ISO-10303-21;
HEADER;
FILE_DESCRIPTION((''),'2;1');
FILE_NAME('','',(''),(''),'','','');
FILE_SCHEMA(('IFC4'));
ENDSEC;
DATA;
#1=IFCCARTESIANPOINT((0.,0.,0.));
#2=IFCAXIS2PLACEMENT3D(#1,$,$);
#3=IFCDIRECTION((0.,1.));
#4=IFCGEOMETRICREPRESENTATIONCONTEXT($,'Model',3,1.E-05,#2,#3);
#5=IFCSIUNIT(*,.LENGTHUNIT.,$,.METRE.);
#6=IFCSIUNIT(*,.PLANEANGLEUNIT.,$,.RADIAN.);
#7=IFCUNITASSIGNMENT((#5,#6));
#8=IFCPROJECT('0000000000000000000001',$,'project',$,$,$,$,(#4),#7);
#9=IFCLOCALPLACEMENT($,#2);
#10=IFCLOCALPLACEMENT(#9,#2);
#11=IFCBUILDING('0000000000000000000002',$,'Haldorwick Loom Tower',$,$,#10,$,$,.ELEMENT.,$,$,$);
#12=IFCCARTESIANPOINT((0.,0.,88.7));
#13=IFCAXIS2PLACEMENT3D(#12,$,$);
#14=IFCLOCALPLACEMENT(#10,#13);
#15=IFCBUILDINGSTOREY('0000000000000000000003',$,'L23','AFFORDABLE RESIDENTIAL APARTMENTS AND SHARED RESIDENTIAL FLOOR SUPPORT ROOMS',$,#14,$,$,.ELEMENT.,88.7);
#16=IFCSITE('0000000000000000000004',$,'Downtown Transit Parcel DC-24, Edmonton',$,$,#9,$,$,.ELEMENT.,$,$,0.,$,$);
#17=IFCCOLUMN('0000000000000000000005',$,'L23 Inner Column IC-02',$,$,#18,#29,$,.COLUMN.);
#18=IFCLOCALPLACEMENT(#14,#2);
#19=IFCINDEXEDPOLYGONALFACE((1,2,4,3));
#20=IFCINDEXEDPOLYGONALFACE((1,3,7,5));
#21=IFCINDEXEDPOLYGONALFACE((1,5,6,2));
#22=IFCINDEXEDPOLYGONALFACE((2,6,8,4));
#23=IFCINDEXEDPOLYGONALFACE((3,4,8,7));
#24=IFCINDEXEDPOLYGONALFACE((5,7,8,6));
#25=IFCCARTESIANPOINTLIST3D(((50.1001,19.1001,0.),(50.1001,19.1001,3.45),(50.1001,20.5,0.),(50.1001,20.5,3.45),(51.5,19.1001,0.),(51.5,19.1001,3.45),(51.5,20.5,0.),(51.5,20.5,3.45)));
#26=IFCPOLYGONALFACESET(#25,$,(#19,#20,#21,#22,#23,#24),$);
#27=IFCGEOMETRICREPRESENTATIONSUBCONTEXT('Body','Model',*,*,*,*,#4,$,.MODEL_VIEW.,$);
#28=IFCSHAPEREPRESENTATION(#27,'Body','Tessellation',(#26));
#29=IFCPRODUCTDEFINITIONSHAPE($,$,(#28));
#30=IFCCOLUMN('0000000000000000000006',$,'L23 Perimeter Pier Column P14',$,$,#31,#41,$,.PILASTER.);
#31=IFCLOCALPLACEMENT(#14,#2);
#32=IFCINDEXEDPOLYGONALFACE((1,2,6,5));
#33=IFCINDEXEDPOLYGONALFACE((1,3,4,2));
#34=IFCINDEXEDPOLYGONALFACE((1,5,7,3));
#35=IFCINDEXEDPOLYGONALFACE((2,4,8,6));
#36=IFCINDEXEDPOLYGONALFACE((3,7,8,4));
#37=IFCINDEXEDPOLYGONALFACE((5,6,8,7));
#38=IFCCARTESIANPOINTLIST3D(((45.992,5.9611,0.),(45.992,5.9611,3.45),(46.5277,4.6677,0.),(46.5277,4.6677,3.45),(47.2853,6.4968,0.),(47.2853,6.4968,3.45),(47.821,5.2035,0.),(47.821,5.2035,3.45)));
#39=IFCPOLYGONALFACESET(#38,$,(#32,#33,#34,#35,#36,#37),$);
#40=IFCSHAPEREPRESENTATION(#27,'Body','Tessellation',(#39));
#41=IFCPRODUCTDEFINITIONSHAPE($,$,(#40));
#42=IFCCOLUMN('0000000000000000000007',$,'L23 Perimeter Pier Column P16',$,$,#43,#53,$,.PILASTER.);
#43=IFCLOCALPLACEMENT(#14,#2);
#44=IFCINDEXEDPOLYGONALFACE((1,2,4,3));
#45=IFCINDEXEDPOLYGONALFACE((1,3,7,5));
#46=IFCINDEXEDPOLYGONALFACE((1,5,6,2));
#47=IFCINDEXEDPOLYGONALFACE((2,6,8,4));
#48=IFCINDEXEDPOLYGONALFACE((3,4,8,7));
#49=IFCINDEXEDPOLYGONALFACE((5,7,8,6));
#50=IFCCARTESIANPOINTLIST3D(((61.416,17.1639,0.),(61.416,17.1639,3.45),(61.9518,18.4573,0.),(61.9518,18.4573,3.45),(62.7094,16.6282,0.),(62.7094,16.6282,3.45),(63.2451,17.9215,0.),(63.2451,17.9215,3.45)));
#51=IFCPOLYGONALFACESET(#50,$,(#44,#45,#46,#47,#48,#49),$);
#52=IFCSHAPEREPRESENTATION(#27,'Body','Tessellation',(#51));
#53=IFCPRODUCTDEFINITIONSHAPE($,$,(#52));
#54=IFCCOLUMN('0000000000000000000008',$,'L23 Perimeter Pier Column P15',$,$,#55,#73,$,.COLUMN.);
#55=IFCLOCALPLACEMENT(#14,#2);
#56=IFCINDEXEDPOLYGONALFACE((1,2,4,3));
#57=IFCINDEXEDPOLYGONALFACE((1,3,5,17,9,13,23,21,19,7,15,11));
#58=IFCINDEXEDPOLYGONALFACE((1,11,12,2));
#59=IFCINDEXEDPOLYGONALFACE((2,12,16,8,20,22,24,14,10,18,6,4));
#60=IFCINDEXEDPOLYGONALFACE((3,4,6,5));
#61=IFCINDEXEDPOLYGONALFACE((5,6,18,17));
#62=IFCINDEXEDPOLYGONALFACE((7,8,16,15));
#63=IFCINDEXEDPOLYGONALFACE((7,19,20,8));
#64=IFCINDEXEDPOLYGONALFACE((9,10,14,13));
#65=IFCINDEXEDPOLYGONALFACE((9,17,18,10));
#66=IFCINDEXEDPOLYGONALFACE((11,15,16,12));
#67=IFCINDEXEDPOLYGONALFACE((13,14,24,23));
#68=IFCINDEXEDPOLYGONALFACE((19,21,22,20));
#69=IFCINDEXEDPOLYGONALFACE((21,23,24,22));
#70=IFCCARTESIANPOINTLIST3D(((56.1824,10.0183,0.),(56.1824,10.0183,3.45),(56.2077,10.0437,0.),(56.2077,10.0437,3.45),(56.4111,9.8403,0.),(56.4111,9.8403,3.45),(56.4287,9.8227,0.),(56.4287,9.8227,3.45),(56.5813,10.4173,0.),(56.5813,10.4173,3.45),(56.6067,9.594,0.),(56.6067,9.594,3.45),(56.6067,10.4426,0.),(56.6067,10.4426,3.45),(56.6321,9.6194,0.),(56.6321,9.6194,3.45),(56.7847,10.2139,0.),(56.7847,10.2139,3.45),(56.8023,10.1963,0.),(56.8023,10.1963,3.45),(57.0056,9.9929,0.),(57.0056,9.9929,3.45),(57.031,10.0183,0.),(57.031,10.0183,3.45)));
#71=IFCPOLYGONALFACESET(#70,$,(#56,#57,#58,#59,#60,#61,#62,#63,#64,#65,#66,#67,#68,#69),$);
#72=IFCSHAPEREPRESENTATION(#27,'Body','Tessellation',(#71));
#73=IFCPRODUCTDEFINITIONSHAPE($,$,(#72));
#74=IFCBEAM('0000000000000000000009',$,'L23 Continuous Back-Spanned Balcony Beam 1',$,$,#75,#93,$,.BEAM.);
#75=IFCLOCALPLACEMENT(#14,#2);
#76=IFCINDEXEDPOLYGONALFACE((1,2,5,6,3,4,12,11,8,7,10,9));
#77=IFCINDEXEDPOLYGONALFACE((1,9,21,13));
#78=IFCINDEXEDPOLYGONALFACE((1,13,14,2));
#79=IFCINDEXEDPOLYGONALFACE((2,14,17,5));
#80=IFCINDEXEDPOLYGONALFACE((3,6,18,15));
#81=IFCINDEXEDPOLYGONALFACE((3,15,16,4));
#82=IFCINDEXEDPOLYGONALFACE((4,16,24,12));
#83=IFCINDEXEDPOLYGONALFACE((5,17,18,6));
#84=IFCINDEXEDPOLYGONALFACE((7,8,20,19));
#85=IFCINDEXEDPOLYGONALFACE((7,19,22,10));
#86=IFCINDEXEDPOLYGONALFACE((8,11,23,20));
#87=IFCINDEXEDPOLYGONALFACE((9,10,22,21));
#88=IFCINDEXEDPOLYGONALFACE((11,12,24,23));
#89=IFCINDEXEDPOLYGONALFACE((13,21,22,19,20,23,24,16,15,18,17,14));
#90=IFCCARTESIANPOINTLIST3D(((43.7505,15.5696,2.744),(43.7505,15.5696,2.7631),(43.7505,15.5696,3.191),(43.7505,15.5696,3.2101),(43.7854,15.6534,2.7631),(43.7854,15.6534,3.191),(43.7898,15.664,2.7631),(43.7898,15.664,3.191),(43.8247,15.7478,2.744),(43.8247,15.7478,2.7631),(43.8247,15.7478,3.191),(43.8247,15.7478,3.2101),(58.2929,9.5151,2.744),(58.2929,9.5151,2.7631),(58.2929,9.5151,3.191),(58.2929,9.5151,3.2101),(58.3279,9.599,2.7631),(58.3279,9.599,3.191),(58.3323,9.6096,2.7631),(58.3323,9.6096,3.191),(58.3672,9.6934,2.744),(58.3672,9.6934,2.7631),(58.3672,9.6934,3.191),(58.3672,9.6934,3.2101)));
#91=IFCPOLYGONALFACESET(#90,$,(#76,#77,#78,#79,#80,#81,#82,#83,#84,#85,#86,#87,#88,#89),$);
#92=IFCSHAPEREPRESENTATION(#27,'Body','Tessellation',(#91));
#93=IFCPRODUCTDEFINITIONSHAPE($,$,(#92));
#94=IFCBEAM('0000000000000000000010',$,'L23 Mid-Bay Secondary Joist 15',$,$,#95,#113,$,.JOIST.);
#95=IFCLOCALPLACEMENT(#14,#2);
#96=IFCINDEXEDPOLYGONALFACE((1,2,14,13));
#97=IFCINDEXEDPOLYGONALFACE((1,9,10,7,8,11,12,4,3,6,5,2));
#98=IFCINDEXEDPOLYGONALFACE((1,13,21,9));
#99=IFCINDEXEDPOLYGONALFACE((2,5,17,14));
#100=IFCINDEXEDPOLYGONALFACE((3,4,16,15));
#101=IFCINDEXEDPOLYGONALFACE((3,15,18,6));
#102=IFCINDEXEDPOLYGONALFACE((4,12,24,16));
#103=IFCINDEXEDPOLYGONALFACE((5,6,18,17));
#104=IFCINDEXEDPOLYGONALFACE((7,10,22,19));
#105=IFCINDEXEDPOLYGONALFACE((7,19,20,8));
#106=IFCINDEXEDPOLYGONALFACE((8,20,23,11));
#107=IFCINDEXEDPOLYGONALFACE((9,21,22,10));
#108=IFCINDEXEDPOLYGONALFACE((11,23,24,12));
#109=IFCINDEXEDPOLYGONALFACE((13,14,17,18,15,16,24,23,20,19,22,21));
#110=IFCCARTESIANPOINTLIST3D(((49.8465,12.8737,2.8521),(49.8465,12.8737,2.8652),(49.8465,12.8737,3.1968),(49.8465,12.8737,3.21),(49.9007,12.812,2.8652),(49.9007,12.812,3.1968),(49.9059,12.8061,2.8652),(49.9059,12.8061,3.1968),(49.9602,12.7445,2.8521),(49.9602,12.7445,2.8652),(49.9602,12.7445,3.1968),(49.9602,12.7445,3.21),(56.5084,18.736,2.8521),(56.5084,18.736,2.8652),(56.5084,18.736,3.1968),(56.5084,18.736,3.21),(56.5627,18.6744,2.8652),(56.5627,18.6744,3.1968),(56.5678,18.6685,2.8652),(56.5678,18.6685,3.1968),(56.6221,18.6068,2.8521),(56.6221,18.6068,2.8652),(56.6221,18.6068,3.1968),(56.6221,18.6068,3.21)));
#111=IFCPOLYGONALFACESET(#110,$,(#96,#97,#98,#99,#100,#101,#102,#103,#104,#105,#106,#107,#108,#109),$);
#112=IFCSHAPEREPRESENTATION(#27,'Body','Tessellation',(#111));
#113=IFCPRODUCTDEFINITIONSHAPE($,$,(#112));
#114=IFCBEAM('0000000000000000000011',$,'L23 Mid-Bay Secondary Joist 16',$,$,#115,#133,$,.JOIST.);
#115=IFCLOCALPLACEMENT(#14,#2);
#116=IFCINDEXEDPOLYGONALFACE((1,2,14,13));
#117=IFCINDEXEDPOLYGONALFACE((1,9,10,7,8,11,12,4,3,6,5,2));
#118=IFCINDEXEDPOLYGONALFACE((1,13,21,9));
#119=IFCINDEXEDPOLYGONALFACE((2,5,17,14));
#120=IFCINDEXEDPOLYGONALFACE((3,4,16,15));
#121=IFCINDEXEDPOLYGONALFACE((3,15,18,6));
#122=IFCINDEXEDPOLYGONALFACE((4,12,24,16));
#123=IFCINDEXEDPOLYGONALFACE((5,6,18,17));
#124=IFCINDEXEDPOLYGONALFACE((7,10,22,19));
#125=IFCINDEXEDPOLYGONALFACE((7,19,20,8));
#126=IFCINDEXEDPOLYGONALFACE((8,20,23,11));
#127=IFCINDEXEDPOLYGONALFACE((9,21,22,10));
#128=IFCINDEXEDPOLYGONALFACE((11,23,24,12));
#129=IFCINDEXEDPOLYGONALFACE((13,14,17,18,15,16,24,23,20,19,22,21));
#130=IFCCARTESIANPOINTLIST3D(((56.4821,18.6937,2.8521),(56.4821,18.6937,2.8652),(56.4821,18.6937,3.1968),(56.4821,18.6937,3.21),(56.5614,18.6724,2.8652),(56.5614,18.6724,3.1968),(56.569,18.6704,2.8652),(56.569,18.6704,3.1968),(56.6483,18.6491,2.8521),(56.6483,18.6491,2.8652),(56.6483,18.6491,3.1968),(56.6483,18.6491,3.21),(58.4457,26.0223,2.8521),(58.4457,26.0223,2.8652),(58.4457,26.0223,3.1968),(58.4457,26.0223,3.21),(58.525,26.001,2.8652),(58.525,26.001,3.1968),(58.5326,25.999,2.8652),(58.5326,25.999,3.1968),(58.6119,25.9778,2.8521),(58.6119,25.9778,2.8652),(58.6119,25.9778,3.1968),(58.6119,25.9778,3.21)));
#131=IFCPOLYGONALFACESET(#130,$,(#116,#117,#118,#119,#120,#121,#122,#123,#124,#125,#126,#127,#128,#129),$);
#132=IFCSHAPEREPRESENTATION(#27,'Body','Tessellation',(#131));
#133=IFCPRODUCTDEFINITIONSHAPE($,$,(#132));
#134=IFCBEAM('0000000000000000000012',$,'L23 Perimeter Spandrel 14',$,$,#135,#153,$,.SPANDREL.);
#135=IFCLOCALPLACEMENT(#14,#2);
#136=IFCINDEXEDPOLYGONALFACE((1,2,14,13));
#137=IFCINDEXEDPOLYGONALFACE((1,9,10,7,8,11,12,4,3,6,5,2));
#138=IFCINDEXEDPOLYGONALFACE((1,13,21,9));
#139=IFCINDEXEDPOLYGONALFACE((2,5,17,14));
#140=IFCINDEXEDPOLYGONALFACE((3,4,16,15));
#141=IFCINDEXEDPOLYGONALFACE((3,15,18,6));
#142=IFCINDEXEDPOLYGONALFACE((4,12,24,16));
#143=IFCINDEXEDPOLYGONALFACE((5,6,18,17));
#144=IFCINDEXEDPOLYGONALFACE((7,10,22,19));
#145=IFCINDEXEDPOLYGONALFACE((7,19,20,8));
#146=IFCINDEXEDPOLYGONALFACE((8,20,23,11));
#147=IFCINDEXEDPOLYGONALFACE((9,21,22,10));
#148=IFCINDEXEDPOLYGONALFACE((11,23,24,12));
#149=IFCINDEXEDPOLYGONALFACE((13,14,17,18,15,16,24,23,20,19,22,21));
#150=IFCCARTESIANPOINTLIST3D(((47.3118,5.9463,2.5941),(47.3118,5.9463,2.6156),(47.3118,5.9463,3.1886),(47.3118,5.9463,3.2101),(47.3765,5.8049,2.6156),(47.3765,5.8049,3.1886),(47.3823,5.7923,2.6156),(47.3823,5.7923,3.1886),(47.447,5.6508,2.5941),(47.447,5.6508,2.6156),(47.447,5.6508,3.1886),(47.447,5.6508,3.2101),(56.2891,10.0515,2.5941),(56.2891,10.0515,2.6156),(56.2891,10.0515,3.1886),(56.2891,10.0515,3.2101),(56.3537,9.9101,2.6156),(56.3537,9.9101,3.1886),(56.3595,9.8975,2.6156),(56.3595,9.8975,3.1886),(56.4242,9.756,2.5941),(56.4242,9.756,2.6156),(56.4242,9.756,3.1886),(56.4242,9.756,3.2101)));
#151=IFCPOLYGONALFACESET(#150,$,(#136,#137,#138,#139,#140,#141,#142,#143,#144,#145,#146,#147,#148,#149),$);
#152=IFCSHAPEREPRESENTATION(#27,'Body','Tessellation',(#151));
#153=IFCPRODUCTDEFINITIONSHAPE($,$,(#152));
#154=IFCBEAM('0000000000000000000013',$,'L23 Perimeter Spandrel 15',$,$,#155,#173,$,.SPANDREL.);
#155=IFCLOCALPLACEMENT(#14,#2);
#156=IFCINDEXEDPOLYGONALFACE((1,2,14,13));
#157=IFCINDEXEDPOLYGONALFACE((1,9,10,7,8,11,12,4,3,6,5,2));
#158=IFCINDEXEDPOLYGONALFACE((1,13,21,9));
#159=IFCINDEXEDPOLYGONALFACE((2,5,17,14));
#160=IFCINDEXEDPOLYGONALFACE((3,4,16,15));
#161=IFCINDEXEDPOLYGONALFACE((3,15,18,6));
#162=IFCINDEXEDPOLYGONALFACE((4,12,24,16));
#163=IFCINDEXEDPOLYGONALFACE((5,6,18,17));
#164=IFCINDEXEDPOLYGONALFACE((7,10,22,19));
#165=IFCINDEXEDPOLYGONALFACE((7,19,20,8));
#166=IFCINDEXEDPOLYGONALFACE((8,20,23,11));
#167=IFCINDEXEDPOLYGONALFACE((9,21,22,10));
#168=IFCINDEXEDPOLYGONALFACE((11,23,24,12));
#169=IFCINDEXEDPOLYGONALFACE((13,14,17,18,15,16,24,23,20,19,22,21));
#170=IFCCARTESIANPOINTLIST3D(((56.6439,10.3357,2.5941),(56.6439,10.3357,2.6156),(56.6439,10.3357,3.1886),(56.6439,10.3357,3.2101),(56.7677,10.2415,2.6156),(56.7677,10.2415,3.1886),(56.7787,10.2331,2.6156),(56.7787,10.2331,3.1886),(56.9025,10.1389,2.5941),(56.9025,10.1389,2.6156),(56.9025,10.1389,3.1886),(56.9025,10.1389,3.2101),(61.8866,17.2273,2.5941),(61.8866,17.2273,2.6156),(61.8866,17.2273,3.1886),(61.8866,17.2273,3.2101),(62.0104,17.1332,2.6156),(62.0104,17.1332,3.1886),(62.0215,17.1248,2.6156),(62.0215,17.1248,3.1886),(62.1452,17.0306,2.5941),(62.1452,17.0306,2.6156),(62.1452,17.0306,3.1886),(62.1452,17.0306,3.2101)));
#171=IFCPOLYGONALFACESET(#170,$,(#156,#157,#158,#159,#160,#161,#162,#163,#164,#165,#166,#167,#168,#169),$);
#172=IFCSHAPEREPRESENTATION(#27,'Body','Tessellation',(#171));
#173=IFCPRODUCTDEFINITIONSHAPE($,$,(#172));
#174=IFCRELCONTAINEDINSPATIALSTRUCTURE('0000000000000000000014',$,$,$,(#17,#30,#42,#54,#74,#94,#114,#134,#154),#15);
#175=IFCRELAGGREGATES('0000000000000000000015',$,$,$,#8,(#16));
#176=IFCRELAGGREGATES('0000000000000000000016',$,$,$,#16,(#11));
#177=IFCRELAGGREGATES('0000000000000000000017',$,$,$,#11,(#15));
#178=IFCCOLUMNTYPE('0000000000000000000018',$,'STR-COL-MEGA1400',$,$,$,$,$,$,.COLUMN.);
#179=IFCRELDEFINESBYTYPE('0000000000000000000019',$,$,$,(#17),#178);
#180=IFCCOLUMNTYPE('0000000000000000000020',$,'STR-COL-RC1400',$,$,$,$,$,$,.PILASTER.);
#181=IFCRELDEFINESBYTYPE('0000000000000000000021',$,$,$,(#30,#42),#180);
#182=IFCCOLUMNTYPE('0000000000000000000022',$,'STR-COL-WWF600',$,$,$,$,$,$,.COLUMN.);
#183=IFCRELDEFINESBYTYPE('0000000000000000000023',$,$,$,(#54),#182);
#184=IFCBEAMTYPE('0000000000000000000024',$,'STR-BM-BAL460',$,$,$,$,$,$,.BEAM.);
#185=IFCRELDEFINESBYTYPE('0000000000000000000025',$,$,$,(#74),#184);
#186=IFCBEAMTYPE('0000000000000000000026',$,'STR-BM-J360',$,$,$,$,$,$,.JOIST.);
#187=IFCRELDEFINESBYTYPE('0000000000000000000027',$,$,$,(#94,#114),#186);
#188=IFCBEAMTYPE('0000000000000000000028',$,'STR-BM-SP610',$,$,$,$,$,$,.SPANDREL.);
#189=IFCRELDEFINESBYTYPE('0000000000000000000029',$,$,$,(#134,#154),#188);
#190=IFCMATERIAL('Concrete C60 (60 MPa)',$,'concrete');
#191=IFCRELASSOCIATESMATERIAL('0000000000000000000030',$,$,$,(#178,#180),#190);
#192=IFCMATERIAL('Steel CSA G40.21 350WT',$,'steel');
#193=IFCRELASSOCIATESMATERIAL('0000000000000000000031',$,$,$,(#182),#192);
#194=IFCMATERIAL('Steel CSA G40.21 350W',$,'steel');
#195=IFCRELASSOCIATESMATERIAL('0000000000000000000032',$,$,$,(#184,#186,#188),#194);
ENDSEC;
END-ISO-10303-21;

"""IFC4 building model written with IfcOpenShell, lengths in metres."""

from ifc_helpers import new_model, si_unit, direction, frame, origin, origin_2d, place, context, subcontext, project, spatial, rectangle, i_section, extrude, material, material_profile, profile_set, type_object, element, save


model = new_model("IFC4")

# Units and contexts
model_context = context("Model", 3, precision=1e-05, world=origin(), true_north=direction((0.0, 1.0)))
body_context = subcontext(model_context, "Body", "Model", "MODEL_VIEW")
ifc_project = project(units=[si_unit("LENGTHUNIT", "METRE"), si_unit("PLANEANGLEUNIT", "RADIAN")], contexts=[model_context])

# Site, building, storey
site_placement = place(None, origin())
site = spatial("IfcSite", under=ifc_project, at=site_placement, Name="Downtown Transit Parcel DC-24, Edmonton", CompositionType="ELEMENT", RefElevation=0.0)
building_placement = place(site_placement, origin())
building = spatial("IfcBuilding", under=site, at=building_placement, Name="Haldorwick Loom Tower", CompositionType="ELEMENT")
storey_placement = place(building_placement, frame((0.0, 0.0, 88.7)))
storey = spatial("IfcBuildingStorey", under=building, at=storey_placement, Name="L23", Description="AFFORDABLE RESIDENTIAL APARTMENTS AND SHARED RESIDENTIAL FLOOR SUPPORT ROOMS", CompositionType="ELEMENT", Elevation=88.7)

# Columns
ifc_material_1 = material(Name="Concrete C60 (60 MPa)", Category="concrete")
ifc_material_profile_1 = material_profile(ifc_material_1, rectangle(XDim=1.3999, YDim=1.3999, at=origin_2d()), Name="RC1400X1400", Category="concrete")
ifc_profile_set_1 = profile_set([ifc_material_profile_1], Name="Concrete C60 (60 MPa)")
column_type_1 = type_object("IfcColumnType", Name="STR-COL-MEGA1400", PredefinedType="COLUMN", material=ifc_profile_set_1)
column_1_placement = place(storey_placement, frame((50.8, 19.8, 0.0), z_axis=(0.0, 0.0, 1.0), x_axis=(1.0, 0.0, 0.0)))
element("IfcColumn", 1, at=column_1_placement, inside=storey, type_object=column_type_1, Name="L23 Inner Column IC-02", PredefinedType="COLUMN", context=body_context, shape_type="SweptSolid", body=[
    extrude(rectangle(XDim=1.3999, YDim=1.3999, at=origin_2d()), origin(), (0.0, 0.0, 1.0), 3.45),
])
ifc_material_profile_2 = material_profile(ifc_material_1, rectangle(XDim=1.3999, YDim=1.3999, at=origin_2d()), Name="RC1400X1400", Category="concrete")
ifc_profile_set_2 = profile_set([ifc_material_profile_2], Name="Concrete C60 (60 MPa)")
column_type_2 = type_object("IfcColumnType", Name="STR-COL-RC1400", PredefinedType="PILASTER", material=ifc_profile_set_2)
for number, where, z_axis, x_axis, name in (
    (2, (46.9065, 5.5823, 0.0), (0.0, 0.0, 1.0), (0.382683, -0.92388, 0.0), "L23 Perimeter Pier Column P14"),
    (3, (62.3306, 17.5427, 0.0), (0.0, 0.0, 1.0), (0.92388, -0.382683, 0.0), "L23 Perimeter Pier Column P16"),
):
    element("IfcColumn", number, at=place(storey_placement, frame(where, z_axis=z_axis, x_axis=x_axis)), inside=storey, type_object=column_type_2, Name=name, PredefinedType="PILASTER", context=body_context, shape_type="SweptSolid", body=[
        extrude(rectangle(XDim=1.3999, YDim=1.3999, at=origin_2d()), origin(), (0.0, 0.0, 1.0), 3.45),
    ])
ifc_material_2 = material(Name="Steel CSA G40.21 350WT", Category="steel")
ifc_material_profile_3 = material_profile(ifc_material_2, i_section(OverallWidth=0.6001, OverallDepth=0.6001, WebThickness=0.0249, FlangeThickness=0.0359, at=origin_2d()), Name="WWF600X600", Category="steel")
ifc_profile_set_3 = profile_set([ifc_material_profile_3], Name="Steel CSA G40.21 350WT")
column_type_3 = type_object("IfcColumnType", Name="STR-COL-WWF600", PredefinedType="COLUMN", material=ifc_profile_set_3)
column_2_placement = place(storey_placement, frame((56.6067, 10.0183, 0.0), z_axis=(0.0, 0.0, 1.0), x_axis=(0.707107, -0.707107, 0.0)))
element("IfcColumn", 4, at=column_2_placement, inside=storey, type_object=column_type_3, Name="L23 Perimeter Pier Column P15", PredefinedType="COLUMN", context=body_context, shape_type="SweptSolid", body=[
    extrude(i_section(OverallWidth=0.6001, OverallDepth=0.6001, WebThickness=0.0249, FlangeThickness=0.0359, at=origin_2d()), origin(), (0.0, 0.0, 1.0), 3.45),
])

# Beams
ifc_material_3 = material(Name="Steel CSA G40.21 350W", Category="steel")
ifc_material_profile_4 = material_profile(ifc_material_3, i_section(OverallWidth=0.1931, OverallDepth=0.4661, WebThickness=0.0115, FlangeThickness=0.019, at=origin_2d()), Name="W460X97", Category="steel")
ifc_profile_set_4 = profile_set([ifc_material_profile_4], Name="Steel CSA G40.21 350W")
beam_type_1 = type_object("IfcBeamType", Name="STR-BM-BAL460", PredefinedType="BEAM", material=ifc_profile_set_4)
beam_1_placement = place(storey_placement, frame((43.7876, 15.6587, 2.9771), z_axis=(0.923188, -0.384349, 0.0), x_axis=(0.384349, 0.923188, 0.0)))
element("IfcBeam", 5, at=beam_1_placement, inside=storey, type_object=beam_type_1, Name="L23 Continuous Back-Spanned Balcony Beam 1", PredefinedType="BEAM", context=body_context, shape_type="SweptSolid", body=[
    extrude(i_section(OverallWidth=0.1931, OverallDepth=0.4661, WebThickness=0.0115, FlangeThickness=0.019, at=origin_2d()), origin(), (0.0, 0.0, 1.0), 15.7524),
])
ifc_material_profile_5 = material_profile(ifc_material_3, i_section(OverallWidth=0.1721, OverallDepth=0.3579, WebThickness=0.0078, FlangeThickness=0.0132, at=origin_2d()), Name="W360X57", Category="steel")
ifc_profile_set_5 = profile_set([ifc_material_profile_5], Name="Steel CSA G40.21 350W")
beam_type_2 = type_object("IfcBeamType", Name="STR-BM-J360", PredefinedType="JOIST", material=ifc_profile_set_5)
beam_2_placement = place(storey_placement, frame((49.9033, 12.8091, 3.031), z_axis=(0.750721, 0.660619, 0.0), x_axis=(-0.660619, 0.750721, 0.0)))
element("IfcBeam", 6, at=beam_2_placement, inside=storey, type_object=beam_type_2, Name="L23 Mid-Bay Secondary Joist 15", PredefinedType="JOIST", context=body_context, shape_type="SweptSolid", body=[
    extrude(i_section(OverallWidth=0.1721, OverallDepth=0.3579, WebThickness=0.0078, FlangeThickness=0.0132, at=origin_2d()), origin(), (0.0, 0.0, 1.0), 8.874),
])
beam_3_placement = place(storey_placement, frame((56.5652, 18.6714, 3.031), z_axis=(0.25881, 0.965928, 0.0), x_axis=(-0.965928, 0.25881, 0.0)))
element("IfcBeam", 7, at=beam_3_placement, inside=storey, type_object=beam_type_2, Name="L23 Mid-Bay Secondary Joist 16", PredefinedType="JOIST", context=body_context, shape_type="SweptSolid", body=[
    extrude(i_section(OverallWidth=0.1721, OverallDepth=0.3579, WebThickness=0.0078, FlangeThickness=0.0132, at=origin_2d()), origin(), (0.0, 0.0, 1.0), 7.5872),
])
ifc_material_profile_6 = material_profile(ifc_material_3, i_section(OverallWidth=0.325, OverallDepth=0.616, WebThickness=0.0139, FlangeThickness=0.0215, at=origin_2d()), Name="W610X174", Category="steel")
ifc_profile_set_6 = profile_set([ifc_material_profile_6], Name="Steel CSA G40.21 350W")
beam_type_3 = type_object("IfcBeamType", Name="STR-BM-SP610", PredefinedType="SPANDREL", material=ifc_profile_set_6)
beam_4_placement = place(storey_placement, frame((47.3794, 5.7986, 2.9021), z_axis=(0.909424, 0.41587, 0.0), x_axis=(-0.41587, 0.909424, 0.0)))
element("IfcBeam", 8, at=beam_4_placement, inside=storey, type_object=beam_type_3, Name="L23 Perimeter Spandrel 14", PredefinedType="SPANDREL", context=body_context, shape_type="SweptSolid", body=[
    extrude(i_section(OverallWidth=0.325, OverallDepth=0.616, WebThickness=0.0139, FlangeThickness=0.0215, at=origin_2d()), origin(), (0.0, 0.0, 1.0), 9.8713),
])
beam_5_placement = place(storey_placement, frame((56.7732, 10.2373, 2.9021), z_axis=(0.605454, 0.795881, 0.0), x_axis=(-0.795881, 0.605454, 0.0)))
element("IfcBeam", 9, at=beam_5_placement, inside=storey, type_object=beam_type_3, Name="L23 Perimeter Spandrel 15", PredefinedType="SPANDREL", context=body_context, shape_type="SweptSolid", body=[
    extrude(i_section(OverallWidth=0.325, OverallDepth=0.616, WebThickness=0.0139, FlangeThickness=0.0215, at=origin_2d()), origin(), (0.0, 0.0, 1.0), 8.6592),
])

save(model, "model.ifc")
